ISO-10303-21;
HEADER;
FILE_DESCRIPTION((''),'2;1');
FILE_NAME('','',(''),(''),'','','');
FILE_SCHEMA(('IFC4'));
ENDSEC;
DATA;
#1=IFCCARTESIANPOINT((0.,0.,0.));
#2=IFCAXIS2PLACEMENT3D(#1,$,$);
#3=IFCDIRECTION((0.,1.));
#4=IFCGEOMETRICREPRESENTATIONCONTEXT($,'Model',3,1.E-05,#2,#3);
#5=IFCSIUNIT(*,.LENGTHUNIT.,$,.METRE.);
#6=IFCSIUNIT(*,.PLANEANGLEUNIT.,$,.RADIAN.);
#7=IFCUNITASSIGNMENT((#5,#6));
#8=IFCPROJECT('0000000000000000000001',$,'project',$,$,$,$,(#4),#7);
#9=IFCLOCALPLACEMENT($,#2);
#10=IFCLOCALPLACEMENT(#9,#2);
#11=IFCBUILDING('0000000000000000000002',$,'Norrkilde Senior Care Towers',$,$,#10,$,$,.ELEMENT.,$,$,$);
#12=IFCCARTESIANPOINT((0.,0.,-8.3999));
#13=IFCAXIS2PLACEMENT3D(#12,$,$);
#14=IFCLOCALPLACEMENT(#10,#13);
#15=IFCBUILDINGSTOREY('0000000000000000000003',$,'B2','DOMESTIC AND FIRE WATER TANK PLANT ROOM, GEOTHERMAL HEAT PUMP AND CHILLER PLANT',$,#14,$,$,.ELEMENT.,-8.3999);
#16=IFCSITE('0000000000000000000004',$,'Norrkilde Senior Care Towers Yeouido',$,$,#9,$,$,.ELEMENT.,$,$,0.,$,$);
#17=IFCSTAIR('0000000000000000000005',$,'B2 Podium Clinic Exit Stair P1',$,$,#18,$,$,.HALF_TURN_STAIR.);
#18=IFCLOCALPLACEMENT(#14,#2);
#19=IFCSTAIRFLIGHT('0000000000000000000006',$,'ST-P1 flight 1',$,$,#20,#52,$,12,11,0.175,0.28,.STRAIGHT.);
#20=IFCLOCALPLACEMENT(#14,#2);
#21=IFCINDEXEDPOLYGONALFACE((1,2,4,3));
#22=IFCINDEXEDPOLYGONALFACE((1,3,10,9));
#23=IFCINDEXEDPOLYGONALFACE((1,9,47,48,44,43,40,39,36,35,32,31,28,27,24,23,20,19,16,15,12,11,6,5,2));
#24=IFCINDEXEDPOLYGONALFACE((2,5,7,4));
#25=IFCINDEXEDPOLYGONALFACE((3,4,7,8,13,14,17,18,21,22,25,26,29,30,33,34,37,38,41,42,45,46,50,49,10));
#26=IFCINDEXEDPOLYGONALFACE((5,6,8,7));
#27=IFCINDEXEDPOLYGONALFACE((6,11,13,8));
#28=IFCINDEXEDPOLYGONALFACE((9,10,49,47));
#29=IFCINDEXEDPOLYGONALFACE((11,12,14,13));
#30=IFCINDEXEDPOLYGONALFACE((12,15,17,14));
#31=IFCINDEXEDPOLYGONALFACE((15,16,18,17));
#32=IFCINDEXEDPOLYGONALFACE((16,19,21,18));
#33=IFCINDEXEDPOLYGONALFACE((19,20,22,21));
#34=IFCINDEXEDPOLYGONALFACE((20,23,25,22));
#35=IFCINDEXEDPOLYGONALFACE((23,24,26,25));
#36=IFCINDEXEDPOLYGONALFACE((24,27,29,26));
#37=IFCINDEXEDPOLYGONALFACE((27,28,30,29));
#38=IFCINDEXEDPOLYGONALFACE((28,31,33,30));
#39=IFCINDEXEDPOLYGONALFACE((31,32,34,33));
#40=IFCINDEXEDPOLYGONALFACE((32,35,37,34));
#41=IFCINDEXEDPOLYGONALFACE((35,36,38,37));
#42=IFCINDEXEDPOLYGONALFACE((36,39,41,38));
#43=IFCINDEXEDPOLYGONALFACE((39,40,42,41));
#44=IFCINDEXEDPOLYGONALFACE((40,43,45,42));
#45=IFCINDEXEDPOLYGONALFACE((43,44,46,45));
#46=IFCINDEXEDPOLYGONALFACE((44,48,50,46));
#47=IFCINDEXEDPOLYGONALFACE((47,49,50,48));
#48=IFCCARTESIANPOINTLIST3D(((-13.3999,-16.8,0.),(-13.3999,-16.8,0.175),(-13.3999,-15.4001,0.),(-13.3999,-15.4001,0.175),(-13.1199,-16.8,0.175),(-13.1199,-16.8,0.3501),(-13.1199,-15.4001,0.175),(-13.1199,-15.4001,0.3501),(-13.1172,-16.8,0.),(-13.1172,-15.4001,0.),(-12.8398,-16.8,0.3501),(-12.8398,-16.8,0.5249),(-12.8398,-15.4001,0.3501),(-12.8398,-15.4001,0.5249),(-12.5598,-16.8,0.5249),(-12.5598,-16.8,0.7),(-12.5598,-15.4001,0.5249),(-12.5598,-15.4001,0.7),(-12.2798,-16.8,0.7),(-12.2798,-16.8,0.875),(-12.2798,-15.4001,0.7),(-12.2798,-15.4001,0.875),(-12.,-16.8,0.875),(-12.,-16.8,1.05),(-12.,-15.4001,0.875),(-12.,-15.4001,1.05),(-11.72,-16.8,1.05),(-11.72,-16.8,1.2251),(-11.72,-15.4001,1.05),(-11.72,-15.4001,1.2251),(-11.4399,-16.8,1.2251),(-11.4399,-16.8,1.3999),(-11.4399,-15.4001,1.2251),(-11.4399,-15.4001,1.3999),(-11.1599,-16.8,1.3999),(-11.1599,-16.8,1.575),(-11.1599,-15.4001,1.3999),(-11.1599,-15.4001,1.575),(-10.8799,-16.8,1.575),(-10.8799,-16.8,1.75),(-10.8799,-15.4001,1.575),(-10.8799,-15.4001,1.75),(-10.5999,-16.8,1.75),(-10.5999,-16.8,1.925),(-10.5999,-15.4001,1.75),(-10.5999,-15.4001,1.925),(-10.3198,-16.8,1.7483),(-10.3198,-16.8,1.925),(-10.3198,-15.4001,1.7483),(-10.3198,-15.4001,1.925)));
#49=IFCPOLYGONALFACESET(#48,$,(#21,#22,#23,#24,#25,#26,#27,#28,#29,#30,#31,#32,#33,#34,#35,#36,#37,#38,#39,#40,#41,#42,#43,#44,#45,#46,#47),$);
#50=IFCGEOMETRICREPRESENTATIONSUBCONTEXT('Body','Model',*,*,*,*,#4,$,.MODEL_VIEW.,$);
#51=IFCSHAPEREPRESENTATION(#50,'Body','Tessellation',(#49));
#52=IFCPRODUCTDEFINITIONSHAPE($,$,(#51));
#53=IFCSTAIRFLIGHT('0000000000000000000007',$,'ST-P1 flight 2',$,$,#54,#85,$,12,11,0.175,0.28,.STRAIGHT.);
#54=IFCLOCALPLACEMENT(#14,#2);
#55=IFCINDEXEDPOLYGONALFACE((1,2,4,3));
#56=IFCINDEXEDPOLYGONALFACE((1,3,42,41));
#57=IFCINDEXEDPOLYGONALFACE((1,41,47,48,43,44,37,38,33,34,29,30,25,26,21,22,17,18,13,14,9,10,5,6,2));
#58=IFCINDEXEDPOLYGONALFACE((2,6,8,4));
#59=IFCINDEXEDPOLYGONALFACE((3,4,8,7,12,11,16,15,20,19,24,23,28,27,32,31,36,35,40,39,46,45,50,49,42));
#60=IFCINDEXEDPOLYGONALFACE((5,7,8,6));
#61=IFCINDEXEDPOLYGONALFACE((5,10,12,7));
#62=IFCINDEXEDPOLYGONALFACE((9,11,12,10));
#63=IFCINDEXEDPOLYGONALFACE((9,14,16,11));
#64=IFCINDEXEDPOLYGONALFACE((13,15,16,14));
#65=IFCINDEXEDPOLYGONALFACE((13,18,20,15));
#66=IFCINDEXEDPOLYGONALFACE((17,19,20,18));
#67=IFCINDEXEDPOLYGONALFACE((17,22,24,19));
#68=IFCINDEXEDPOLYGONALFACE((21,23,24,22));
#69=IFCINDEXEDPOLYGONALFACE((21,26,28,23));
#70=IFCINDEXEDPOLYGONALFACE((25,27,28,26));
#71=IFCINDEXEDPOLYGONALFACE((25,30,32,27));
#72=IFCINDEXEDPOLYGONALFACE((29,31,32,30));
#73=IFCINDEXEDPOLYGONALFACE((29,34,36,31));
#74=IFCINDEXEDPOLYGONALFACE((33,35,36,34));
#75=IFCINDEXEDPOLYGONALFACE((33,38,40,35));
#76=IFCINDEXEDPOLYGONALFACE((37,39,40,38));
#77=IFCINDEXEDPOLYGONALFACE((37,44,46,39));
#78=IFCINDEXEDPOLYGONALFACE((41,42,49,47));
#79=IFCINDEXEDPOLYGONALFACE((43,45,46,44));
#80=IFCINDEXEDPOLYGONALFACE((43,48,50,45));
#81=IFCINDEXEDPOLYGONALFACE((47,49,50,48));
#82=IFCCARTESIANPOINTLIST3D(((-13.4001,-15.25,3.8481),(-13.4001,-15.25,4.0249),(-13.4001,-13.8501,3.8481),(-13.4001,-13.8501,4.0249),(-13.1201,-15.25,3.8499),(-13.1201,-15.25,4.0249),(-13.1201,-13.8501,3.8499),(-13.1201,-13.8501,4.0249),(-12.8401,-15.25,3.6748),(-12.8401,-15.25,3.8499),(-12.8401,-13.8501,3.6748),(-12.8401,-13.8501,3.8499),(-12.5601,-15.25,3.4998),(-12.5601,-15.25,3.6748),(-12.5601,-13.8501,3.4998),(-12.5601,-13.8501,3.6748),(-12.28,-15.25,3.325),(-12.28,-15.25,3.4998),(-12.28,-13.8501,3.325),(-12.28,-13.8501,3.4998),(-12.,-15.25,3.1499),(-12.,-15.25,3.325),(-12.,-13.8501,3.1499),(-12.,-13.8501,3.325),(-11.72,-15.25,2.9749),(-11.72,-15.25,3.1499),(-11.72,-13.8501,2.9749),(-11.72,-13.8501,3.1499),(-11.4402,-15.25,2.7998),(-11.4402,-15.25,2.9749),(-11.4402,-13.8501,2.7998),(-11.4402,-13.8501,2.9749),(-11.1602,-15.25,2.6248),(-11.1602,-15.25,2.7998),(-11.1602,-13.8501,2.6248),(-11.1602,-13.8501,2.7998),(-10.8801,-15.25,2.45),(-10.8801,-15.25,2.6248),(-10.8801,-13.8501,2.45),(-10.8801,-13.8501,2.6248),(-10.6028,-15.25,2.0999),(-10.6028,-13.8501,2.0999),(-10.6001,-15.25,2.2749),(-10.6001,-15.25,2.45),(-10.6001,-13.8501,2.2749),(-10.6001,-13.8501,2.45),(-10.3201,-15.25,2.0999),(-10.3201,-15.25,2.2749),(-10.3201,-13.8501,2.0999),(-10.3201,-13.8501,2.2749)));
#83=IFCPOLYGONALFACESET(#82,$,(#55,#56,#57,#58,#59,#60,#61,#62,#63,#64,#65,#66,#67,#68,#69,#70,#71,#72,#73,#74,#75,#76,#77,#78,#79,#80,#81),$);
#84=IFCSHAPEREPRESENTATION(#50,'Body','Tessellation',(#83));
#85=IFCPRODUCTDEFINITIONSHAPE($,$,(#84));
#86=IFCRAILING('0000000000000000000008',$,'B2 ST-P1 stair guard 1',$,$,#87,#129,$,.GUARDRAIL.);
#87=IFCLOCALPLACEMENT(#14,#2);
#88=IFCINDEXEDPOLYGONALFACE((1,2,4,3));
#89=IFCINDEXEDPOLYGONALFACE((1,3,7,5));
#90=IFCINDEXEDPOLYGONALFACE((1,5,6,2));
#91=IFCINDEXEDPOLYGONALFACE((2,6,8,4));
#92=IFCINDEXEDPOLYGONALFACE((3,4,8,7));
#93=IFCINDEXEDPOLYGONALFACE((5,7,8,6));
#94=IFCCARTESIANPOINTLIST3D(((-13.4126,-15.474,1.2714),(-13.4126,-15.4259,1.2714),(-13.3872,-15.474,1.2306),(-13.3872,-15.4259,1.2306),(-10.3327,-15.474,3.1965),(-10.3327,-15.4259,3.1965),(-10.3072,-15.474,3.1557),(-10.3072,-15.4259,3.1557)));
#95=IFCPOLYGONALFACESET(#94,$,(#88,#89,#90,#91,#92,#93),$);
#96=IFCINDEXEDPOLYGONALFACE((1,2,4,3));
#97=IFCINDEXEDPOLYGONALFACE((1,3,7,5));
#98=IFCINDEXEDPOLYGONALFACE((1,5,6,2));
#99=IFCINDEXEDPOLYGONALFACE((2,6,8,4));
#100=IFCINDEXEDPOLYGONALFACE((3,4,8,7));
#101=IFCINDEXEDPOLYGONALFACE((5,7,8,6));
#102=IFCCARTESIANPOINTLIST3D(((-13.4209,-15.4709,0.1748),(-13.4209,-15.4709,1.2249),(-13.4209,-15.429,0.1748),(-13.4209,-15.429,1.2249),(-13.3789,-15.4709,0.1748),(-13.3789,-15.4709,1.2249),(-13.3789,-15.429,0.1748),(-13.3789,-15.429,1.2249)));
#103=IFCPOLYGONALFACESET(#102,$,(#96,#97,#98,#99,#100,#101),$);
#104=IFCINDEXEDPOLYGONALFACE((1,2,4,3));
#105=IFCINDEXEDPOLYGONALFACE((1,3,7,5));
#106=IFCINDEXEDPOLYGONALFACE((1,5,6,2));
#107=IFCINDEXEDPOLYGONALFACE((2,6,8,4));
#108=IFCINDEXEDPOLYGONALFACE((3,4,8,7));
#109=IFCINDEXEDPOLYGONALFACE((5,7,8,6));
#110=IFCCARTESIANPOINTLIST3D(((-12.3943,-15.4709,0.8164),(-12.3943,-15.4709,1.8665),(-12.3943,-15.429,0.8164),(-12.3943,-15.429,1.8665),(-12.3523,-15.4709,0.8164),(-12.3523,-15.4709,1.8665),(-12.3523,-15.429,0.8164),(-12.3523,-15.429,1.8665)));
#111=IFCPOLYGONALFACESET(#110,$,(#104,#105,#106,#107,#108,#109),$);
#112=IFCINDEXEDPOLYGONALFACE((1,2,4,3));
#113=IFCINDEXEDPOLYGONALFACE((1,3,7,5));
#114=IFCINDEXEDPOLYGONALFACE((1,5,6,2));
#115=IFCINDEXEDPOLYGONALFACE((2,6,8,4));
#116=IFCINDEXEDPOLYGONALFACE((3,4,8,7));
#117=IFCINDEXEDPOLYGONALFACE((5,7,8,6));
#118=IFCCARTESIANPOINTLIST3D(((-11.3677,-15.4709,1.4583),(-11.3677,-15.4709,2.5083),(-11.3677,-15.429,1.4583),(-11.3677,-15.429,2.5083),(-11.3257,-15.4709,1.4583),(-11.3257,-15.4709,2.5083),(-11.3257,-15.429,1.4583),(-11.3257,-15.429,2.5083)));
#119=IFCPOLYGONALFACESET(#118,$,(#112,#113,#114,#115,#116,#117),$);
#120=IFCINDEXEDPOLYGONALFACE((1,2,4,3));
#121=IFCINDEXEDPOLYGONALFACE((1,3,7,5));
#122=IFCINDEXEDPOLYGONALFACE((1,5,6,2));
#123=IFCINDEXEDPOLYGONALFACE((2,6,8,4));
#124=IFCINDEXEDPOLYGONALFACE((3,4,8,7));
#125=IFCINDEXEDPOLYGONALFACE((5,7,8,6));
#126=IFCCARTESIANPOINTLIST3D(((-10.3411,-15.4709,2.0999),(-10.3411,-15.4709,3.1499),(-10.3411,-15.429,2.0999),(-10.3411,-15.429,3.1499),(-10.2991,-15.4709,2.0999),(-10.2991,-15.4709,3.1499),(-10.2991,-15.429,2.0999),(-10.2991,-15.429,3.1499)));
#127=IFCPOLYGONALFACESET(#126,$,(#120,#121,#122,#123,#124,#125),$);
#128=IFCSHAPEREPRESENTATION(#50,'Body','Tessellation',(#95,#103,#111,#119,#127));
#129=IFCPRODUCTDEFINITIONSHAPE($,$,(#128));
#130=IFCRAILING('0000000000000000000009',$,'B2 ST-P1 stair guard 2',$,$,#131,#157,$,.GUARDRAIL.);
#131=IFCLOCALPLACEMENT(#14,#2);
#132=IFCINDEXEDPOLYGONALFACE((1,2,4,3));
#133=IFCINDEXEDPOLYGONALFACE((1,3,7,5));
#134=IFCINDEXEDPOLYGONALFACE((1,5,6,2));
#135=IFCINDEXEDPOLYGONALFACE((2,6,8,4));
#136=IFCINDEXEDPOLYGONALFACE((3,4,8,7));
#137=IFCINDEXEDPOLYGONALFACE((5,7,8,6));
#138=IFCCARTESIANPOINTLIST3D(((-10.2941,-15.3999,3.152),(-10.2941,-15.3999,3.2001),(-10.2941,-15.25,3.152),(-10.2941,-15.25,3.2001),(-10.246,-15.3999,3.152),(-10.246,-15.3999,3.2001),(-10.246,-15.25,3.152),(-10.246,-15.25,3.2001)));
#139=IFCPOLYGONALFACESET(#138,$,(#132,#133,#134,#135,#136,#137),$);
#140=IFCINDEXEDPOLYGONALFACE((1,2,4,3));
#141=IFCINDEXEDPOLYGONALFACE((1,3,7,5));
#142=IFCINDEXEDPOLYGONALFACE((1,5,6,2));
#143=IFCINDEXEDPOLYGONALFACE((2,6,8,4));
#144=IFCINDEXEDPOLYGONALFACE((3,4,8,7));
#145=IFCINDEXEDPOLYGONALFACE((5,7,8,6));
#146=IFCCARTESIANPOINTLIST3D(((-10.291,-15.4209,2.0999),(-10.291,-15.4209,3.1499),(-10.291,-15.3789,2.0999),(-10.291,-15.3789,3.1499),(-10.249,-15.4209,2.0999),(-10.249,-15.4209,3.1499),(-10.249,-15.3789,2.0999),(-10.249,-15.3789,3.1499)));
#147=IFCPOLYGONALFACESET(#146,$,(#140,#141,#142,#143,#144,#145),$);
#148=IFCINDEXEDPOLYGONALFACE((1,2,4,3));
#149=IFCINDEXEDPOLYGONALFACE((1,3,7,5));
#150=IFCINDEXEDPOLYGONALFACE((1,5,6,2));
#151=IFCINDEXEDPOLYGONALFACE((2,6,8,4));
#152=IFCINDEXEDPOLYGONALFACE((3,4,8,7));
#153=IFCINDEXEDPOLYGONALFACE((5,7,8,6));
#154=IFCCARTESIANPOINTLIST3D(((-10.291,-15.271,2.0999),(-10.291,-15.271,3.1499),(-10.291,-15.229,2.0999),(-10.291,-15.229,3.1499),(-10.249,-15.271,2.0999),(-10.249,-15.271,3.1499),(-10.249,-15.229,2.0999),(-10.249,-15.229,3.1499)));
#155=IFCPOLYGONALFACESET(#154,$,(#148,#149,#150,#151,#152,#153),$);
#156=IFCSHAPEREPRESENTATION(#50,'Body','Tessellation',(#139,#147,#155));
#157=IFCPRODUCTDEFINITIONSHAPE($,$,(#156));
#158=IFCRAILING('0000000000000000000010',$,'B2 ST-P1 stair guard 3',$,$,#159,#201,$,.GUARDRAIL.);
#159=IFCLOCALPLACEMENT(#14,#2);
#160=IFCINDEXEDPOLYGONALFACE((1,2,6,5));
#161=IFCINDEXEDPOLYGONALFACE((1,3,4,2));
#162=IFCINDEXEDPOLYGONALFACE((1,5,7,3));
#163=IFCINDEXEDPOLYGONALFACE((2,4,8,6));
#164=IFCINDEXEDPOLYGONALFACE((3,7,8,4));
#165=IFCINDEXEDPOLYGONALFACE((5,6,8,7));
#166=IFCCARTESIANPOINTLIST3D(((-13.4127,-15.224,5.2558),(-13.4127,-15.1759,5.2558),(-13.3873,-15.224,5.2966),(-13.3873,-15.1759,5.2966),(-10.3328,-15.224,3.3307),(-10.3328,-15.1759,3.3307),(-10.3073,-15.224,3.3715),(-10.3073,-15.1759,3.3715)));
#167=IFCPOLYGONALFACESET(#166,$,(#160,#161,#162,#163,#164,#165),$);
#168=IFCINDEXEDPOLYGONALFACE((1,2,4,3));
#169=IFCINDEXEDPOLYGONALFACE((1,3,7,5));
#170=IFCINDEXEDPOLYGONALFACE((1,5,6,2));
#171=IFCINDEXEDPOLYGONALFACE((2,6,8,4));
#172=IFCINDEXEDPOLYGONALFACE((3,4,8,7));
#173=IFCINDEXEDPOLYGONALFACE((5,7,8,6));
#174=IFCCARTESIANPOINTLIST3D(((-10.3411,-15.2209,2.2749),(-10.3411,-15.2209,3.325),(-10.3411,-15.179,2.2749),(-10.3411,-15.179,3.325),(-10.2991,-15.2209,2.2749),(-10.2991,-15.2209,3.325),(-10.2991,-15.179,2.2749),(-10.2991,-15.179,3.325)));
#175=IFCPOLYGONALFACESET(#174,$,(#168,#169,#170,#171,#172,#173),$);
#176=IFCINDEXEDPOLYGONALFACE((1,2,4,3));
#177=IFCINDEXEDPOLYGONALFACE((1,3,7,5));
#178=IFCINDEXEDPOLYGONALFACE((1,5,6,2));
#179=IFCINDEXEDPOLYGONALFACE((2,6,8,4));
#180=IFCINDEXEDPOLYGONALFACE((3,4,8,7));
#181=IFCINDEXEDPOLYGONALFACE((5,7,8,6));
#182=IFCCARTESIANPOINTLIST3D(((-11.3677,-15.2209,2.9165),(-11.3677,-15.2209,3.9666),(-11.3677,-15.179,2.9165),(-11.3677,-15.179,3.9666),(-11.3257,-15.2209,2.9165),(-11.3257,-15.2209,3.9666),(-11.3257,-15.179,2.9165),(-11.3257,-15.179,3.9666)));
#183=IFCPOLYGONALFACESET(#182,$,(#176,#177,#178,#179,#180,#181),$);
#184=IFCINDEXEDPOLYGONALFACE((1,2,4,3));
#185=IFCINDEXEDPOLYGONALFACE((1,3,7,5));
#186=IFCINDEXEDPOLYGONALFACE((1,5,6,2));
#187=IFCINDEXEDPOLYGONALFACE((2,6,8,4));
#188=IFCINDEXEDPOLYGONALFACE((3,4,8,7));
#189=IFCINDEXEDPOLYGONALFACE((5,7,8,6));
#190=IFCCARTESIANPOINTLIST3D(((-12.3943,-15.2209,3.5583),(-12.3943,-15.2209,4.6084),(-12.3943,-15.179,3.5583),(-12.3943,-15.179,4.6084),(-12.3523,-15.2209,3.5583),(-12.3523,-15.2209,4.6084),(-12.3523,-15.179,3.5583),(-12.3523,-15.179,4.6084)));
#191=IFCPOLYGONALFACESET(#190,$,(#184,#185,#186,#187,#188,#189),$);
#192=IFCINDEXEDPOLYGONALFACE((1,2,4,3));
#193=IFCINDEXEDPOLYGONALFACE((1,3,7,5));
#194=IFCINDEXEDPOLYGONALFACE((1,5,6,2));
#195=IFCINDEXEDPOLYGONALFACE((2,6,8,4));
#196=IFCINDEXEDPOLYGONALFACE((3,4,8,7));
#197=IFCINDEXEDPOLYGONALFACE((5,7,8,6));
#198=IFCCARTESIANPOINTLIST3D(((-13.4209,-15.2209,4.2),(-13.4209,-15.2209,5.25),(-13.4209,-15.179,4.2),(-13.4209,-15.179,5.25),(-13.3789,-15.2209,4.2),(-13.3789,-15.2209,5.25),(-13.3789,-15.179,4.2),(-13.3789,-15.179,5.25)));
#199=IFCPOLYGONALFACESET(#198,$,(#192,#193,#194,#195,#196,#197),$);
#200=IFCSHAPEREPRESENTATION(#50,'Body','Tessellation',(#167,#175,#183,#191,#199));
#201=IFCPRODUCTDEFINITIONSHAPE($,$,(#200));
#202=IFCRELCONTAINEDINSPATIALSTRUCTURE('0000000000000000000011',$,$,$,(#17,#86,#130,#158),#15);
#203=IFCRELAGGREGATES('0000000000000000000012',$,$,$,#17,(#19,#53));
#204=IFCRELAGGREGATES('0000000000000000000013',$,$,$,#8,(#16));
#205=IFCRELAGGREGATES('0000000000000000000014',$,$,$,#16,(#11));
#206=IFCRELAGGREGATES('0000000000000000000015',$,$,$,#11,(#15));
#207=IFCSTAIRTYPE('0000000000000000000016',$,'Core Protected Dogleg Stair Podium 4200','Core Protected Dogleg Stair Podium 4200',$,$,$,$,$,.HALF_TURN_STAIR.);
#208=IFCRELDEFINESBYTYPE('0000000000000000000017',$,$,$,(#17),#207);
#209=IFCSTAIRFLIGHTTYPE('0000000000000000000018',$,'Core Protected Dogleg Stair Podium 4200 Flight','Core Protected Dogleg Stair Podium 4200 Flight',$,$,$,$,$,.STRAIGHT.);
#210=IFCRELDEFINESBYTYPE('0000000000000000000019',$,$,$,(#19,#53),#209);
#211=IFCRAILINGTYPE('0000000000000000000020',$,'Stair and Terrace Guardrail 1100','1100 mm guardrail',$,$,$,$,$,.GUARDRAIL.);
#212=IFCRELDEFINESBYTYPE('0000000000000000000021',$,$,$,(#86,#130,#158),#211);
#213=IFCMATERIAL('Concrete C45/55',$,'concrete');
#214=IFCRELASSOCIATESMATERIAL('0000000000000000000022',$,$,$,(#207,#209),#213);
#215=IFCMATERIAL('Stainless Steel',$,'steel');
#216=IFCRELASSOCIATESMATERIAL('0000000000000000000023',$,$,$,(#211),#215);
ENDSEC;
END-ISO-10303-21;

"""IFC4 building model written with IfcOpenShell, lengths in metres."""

from ifc_helpers import new_model, si_unit, direction, frame, origin, origin_2d, place, context, subcontext, project, spatial, polyline, rectangle, outline, extrude, material, type_object, element, aggregate, save


model = new_model("IFC4")

# Units and contexts
model_context = context("Model", 3, precision=1e-05, world=origin(), true_north=direction((0.0, 1.0)))
body_context = subcontext(model_context, "Body", "Model", "MODEL_VIEW")
ifc_project = project(units=[si_unit("LENGTHUNIT", "METRE"), si_unit("PLANEANGLEUNIT", "RADIAN")], contexts=[model_context])

# Site, building, storey
site_placement = place(None, origin())
site = spatial("IfcSite", under=ifc_project, at=site_placement, Name="Norrkilde Senior Care Towers Yeouido", CompositionType="ELEMENT", RefElevation=0.0)
building_placement = place(site_placement, origin())
building = spatial("IfcBuilding", under=site, at=building_placement, Name="Norrkilde Senior Care Towers", CompositionType="ELEMENT")
storey_placement = place(building_placement, frame((0.0, 0.0, -8.3999)))
storey = spatial("IfcBuildingStorey", under=building, at=storey_placement, Name="B2", Description="DOMESTIC AND FIRE WATER TANK PLANT ROOM, GEOTHERMAL HEAT PUMP AND CHILLER PLANT", CompositionType="ELEMENT", Elevation=-8.3999)

# Shared definitions
ifc_material_1 = material(Name="Concrete C45/55", Category="concrete")

# Stair, stair flights
stair_type = type_object("IfcStairType", Name="Core Protected Dogleg Stair Podium 4200", Description="Core Protected Dogleg Stair Podium 4200", PredefinedType="HALF_TURN_STAIR", material=ifc_material_1)
stair_placement = place(storey_placement, origin())
stair = element("IfcStair", 1, at=stair_placement, inside=storey, type_object=stair_type, Name="B2 Podium Clinic Exit Stair P1", PredefinedType="HALF_TURN_STAIR")
stair_flight_type = type_object("IfcStairFlightType", Name="Core Protected Dogleg Stair Podium 4200 Flight", Description="Core Protected Dogleg Stair Podium 4200 Flight", PredefinedType="STRAIGHT", material=ifc_material_1)
stair_flight_1_placement = place(storey_placement, frame((-13.3999, -16.1001, 0.0), z_axis=(0.0, 0.0, 1.0), x_axis=(1.0, 0.0, 0.0)))
stair_flight_1 = element("IfcStairFlight", 2, at=stair_flight_1_placement, type_object=stair_flight_type, Name="ST-P1 flight 1", NumberOfRisers=12, NumberOfTreads=11, PredefinedType="STRAIGHT", RiserHeight=0.175, TreadLength=0.28, context=body_context, shape_type="SweptSolid", body=[
    extrude(outline(polyline([(0.0, 0.0), (0.0, 0.175), (0.28, 0.175), (0.28, 0.3501), (0.5601, 0.3501), (0.5601, 0.5249), (0.8401, 0.5249), (0.8401, 0.7), (1.1201, 0.7), (1.1201, 0.875), (1.3999, 0.875), (1.3999, 1.05), (1.6799, 1.05), (1.6799, 1.2251), (1.96, 1.2251), (1.96, 1.3999), (2.24, 1.3999), (2.24, 1.575), (2.52, 1.575), (2.52, 1.75), (2.8, 1.75), (2.8, 1.925), (3.0801, 1.925), (3.0801, 2.1001), (3.0801, 1.7483), (0.2827, 0.0), (0.0, 0.0)])), frame((0.0, 0.7, 0.0), z_axis=(0.0, -1.0, 0.0), x_axis=(1.0, 0.0, 0.0)), (0.0, 0.0, 1.0), 1.3999),
])
stair_flight_2_placement = place(storey_placement, frame((-10.3201, -14.55, 2.0999), z_axis=(0.0, 0.0, 1.0), x_axis=(-1.0, 0.0, 0.0)))
stair_flight_2 = element("IfcStairFlight", 3, at=stair_flight_2_placement, type_object=stair_flight_type, Name="ST-P1 flight 2", NumberOfRisers=12, NumberOfTreads=11, PredefinedType="STRAIGHT", RiserHeight=0.175, TreadLength=0.28, context=body_context, shape_type="SweptSolid", body=[
    extrude(outline(polyline([(0.0, 0.0), (0.0, 0.175), (0.28, 0.175), (0.28, 0.3501), (0.5601, 0.3501), (0.5601, 0.5249), (0.8401, 0.5249), (0.8401, 0.7), (1.1201, 0.7), (1.1201, 0.875), (1.3999, 0.875), (1.3999, 1.05), (1.6799, 1.05), (1.6799, 1.2251), (1.96, 1.2251), (1.96, 1.3999), (2.24, 1.3999), (2.24, 1.575), (2.52, 1.575), (2.52, 1.75), (2.8, 1.75), (2.8, 1.925), (3.0801, 1.925), (3.0801, 2.1001), (3.0801, 1.7483), (0.2827, 0.0), (0.0, 0.0)])), frame((0.0, 0.7, 0.0), z_axis=(0.0, -1.0, 0.0), x_axis=(1.0, 0.0, 0.0)), (0.0, 0.0, 1.0), 1.3999),
])
aggregate(stair, [stair_flight_1, stair_flight_2])

# Railings
ifc_material_2 = material(Name="Stainless Steel", Category="steel")
railing_type_1 = type_object("IfcRailingType", Name="Stair and Terrace Guardrail 1100", Description="1100 mm guardrail", PredefinedType="GUARDRAIL", material=ifc_material_2)
railing_1_placement = place(storey_placement, frame((-13.3999, -15.45, 0.1748)))
element("IfcRailing", 4, at=railing_1_placement, inside=storey, type_object=railing_type_1, Name="B2 ST-P1 stair guard 1", PredefinedType="GUARDRAIL", context=body_context, shape_type="SweptSolid", body=[
    extrude(rectangle(XDim=0.0481, YDim=0.0481, at=origin_2d()), frame((0.0, 0.0, 1.0762), z_axis=(0.847979, 0.0, 0.530029), x_axis=(0.0, 1.0, 0.0)), (0.0, 0.0, 1.0), 3.6321),
    extrude(rectangle(XDim=0.042, YDim=0.042, at=origin_2d()), origin(), (0.0, 0.0, 1.0), 1.05),
    extrude(rectangle(XDim=0.042, YDim=0.042, at=origin_2d()), frame((1.0266, 0.0, 0.6416)), (0.0, 0.0, 1.0), 1.05),
    extrude(rectangle(XDim=0.042, YDim=0.042, at=origin_2d()), frame((2.0532, 0.0, 1.2834)), (0.0, 0.0, 1.0), 1.05),
    extrude(rectangle(XDim=0.042, YDim=0.042, at=origin_2d()), frame((3.0798, 0.0, 1.925)), (0.0, 0.0, 1.0), 1.05),
])
railing_2_placement = place(storey_placement, frame((-10.27, -15.3999, 2.0999)))
element("IfcRailing", 5, at=railing_2_placement, inside=storey, type_object=railing_type_1, Name="B2 ST-P1 stair guard 2", PredefinedType="GUARDRAIL", context=body_context, shape_type="SweptSolid", body=[
    extrude(rectangle(XDim=0.0481, YDim=0.0481, at=origin_2d()), frame((0.0, 0.0, 1.0762), z_axis=(0.0, 1.0, 0.0), x_axis=(-1.0, 0.0, 0.0)), (0.0, 0.0, 1.0), 0.1499),
    extrude(rectangle(XDim=0.042, YDim=0.042, at=origin_2d()), origin(), (0.0, 0.0, 1.0), 1.05),
    extrude(rectangle(XDim=0.042, YDim=0.042, at=origin_2d()), frame((0.0, 0.1499, 0.0)), (0.0, 0.0, 1.0), 1.05),
])
railing_3_placement = place(storey_placement, frame((-10.3201, -15.2, 2.2749)))
element("IfcRailing", 6, at=railing_3_placement, inside=storey, type_object=railing_type_1, Name="B2 ST-P1 stair guard 3", PredefinedType="GUARDRAIL", context=body_context, shape_type="SweptSolid", body=[
    extrude(rectangle(XDim=0.0481, YDim=0.0481, at=origin_2d()), frame((0.0, 0.0, 1.0762), z_axis=(-0.847979, 0.0, 0.530029), x_axis=(0.0, -1.0, 0.0)), (0.0, 0.0, 1.0), 3.6321),
    extrude(rectangle(XDim=0.042, YDim=0.042, at=origin_2d()), origin(), (0.0, 0.0, 1.0), 1.05),
    extrude(rectangle(XDim=0.042, YDim=0.042, at=origin_2d()), frame((-1.0266, 0.0, 0.6416)), (0.0, 0.0, 1.0), 1.05),
    extrude(rectangle(XDim=0.042, YDim=0.042, at=origin_2d()), frame((-2.0532, 0.0, 1.2834)), (0.0, 0.0, 1.0), 1.05),
    extrude(rectangle(XDim=0.042, YDim=0.042, at=origin_2d()), frame((-3.0798, 0.0, 1.925)), (0.0, 0.0, 1.0), 1.05),
])

save(model, "model.ifc")
